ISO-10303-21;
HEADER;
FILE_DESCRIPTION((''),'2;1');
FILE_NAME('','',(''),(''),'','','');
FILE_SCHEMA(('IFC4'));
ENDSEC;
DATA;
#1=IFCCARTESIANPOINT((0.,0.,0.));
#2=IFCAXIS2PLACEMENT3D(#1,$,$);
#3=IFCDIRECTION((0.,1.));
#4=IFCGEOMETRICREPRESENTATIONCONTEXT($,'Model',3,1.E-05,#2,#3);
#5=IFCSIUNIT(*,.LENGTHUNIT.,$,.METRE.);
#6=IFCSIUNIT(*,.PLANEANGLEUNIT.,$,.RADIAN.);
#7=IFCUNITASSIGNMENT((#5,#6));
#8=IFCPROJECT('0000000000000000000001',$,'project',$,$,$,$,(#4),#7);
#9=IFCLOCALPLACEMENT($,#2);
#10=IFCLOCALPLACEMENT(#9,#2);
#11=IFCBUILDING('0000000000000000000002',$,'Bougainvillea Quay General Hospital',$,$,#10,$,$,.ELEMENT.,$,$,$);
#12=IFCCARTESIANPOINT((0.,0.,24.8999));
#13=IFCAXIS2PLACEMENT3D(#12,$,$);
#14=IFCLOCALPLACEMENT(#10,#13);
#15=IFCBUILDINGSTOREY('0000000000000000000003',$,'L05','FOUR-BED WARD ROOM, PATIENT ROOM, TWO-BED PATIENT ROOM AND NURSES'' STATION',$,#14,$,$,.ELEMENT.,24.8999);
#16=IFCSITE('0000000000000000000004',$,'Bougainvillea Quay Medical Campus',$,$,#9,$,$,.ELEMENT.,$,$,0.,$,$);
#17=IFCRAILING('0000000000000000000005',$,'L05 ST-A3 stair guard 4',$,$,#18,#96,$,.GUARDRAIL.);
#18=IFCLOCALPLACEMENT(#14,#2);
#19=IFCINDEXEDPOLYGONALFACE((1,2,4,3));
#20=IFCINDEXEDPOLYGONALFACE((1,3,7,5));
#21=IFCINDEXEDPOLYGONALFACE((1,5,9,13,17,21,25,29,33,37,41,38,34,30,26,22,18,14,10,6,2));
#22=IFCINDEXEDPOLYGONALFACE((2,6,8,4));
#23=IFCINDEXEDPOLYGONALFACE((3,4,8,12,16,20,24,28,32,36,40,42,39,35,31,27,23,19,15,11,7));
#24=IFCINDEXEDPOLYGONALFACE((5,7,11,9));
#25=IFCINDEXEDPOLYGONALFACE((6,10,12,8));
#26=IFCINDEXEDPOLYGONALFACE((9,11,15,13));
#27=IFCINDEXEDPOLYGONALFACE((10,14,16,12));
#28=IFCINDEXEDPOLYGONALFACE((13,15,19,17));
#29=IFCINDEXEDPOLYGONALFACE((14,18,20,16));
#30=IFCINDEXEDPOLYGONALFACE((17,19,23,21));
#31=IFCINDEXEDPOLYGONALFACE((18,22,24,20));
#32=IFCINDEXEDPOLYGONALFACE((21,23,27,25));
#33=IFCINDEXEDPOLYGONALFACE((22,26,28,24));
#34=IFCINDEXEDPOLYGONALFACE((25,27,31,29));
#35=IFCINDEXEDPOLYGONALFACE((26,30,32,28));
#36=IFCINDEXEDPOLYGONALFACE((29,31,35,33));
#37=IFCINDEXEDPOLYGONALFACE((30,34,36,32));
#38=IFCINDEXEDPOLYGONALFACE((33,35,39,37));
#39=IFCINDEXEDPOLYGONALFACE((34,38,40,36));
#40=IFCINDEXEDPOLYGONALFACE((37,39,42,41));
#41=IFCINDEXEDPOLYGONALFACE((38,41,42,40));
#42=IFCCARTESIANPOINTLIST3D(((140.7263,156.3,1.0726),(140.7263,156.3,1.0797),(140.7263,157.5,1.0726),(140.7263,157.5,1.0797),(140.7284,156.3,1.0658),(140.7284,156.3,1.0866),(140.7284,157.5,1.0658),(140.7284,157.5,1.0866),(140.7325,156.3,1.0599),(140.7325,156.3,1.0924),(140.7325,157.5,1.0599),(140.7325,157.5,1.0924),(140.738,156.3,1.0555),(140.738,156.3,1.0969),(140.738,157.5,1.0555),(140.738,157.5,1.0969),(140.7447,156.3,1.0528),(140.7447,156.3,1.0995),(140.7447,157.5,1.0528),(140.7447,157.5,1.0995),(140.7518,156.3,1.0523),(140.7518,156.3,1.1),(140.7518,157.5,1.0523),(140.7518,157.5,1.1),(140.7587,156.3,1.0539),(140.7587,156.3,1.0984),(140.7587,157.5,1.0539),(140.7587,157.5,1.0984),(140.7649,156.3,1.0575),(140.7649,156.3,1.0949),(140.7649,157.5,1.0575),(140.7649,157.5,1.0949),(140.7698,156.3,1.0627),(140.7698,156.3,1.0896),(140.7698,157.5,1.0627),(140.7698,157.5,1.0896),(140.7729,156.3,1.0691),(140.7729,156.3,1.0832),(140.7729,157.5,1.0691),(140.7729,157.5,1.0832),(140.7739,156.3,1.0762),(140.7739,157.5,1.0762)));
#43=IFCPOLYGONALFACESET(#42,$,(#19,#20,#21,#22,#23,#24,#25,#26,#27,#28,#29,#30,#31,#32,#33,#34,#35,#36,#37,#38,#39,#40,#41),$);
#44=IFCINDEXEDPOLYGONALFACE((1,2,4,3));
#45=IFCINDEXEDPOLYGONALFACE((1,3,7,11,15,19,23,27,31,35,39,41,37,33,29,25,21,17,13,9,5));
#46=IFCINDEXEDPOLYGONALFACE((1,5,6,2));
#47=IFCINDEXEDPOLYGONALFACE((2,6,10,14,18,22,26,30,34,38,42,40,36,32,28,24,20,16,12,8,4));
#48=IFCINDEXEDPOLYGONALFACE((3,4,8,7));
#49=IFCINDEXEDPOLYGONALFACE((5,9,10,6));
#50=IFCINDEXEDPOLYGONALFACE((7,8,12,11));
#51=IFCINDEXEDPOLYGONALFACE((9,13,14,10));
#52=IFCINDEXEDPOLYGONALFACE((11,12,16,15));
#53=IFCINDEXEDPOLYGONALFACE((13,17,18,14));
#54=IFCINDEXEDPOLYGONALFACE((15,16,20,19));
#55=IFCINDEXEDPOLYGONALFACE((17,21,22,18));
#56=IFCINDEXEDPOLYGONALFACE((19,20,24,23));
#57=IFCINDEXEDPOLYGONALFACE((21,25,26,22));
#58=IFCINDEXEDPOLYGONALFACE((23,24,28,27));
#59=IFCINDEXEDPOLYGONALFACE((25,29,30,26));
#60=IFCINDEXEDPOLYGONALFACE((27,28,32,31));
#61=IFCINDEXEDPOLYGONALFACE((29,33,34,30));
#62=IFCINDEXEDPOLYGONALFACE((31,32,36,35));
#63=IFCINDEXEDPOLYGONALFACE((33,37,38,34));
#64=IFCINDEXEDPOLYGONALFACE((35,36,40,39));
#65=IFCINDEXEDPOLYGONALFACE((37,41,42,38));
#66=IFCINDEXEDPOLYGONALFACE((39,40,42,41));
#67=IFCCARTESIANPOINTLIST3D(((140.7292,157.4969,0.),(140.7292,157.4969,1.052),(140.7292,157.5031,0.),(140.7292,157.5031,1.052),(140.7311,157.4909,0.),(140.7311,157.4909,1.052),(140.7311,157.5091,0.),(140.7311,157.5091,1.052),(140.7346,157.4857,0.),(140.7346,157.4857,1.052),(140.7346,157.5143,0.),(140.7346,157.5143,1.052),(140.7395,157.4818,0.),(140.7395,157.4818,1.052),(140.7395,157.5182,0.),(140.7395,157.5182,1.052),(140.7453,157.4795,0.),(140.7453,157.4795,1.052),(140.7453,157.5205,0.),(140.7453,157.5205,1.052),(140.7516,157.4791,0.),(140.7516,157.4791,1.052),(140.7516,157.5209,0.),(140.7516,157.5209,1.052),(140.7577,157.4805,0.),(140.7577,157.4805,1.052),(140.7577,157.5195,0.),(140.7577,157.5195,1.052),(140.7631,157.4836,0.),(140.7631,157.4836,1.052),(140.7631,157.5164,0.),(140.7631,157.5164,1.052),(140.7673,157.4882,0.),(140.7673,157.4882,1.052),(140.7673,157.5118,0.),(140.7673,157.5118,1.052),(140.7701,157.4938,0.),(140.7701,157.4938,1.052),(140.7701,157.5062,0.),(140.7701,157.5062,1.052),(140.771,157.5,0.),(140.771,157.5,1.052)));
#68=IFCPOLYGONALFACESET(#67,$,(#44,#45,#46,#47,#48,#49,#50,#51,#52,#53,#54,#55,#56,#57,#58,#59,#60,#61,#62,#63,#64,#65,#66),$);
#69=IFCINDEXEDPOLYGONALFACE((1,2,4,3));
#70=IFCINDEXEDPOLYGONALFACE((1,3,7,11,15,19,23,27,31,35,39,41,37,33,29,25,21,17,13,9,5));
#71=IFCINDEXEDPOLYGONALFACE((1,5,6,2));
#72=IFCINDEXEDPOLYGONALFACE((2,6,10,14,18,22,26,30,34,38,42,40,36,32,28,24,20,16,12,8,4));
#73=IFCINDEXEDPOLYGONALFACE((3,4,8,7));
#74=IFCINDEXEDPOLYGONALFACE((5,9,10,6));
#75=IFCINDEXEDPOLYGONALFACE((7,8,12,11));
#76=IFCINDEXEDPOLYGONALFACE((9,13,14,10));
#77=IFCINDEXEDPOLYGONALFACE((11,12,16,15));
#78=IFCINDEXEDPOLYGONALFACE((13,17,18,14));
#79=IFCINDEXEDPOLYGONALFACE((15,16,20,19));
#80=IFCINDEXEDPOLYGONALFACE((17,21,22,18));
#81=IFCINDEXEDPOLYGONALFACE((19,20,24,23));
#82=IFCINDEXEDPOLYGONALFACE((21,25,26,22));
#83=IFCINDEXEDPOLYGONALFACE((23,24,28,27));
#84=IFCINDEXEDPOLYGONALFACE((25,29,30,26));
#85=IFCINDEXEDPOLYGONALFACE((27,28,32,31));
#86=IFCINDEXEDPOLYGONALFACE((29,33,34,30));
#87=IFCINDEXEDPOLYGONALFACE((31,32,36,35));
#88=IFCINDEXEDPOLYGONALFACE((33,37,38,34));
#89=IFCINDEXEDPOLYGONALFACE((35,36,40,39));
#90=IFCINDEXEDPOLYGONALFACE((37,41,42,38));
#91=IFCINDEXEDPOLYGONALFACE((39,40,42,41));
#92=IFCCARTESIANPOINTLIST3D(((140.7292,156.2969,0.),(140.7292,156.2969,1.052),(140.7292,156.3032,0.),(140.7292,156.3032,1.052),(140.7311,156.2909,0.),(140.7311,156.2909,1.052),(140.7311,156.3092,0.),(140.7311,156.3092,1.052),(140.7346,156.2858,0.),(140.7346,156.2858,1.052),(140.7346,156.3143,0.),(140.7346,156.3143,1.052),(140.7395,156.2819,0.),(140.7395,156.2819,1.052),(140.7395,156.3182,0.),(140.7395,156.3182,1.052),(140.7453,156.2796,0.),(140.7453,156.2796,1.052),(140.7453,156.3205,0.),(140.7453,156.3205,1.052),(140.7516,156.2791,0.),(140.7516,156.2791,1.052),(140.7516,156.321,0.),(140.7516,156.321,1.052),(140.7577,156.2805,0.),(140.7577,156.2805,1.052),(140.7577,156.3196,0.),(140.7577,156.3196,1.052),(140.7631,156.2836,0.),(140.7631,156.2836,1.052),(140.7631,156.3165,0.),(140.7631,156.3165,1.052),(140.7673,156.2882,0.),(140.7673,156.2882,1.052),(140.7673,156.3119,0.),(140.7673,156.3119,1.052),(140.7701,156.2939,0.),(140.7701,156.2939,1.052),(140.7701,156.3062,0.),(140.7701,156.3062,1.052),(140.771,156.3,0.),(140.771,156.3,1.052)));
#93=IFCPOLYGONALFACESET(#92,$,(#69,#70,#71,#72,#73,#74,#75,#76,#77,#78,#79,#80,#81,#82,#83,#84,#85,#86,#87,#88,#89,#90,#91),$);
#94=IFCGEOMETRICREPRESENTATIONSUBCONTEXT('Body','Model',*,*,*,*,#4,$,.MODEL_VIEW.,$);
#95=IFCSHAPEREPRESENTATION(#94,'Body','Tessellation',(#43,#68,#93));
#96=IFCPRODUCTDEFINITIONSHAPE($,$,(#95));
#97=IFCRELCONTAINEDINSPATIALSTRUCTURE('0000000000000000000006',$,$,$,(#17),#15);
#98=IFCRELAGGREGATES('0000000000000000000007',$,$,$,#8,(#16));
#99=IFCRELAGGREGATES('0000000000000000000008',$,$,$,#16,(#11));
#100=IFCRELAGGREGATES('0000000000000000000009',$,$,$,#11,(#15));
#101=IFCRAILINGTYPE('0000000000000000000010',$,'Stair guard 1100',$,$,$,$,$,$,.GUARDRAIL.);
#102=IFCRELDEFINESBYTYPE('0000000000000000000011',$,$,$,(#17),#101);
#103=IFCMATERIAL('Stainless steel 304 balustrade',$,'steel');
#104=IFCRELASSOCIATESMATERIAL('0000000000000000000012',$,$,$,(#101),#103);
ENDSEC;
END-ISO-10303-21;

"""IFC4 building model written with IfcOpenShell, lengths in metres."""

from ifc_helpers import new_model, si_unit, direction, frame, origin, origin_2d, place, context, subcontext, project, spatial, circle, extrude, material, type_object, element, save


model = new_model("IFC4")

# Units and contexts
model_context = context("Model", 3, precision=1e-05, world=origin(), true_north=direction((0.0, 1.0)))
body_context = subcontext(model_context, "Body", "Model", "MODEL_VIEW")
ifc_project = project(units=[si_unit("LENGTHUNIT", "METRE"), si_unit("PLANEANGLEUNIT", "RADIAN")], contexts=[model_context])

# Site, building, storey
site_placement = place(None, origin())
site = spatial("IfcSite", under=ifc_project, at=site_placement, Name="Bougainvillea Quay Medical Campus", CompositionType="ELEMENT", RefElevation=0.0)
building_placement = place(site_placement, origin())
building = spatial("IfcBuilding", under=site, at=building_placement, Name="Bougainvillea Quay General Hospital", CompositionType="ELEMENT")
storey_placement = place(building_placement, frame((0.0, 0.0, 24.8999)))
storey = spatial("IfcBuildingStorey", under=building, at=storey_placement, Name="L05", Description="FOUR-BED WARD ROOM, PATIENT ROOM, TWO-BED PATIENT ROOM AND NURSES' STATION", CompositionType="ELEMENT", Elevation=24.8999)

# Railing
ifc_material_1 = material(Name="Stainless steel 304 balustrade", Category="steel")
railing_type_1 = type_object("IfcRailingType", Name="Stair guard 1100", PredefinedType="GUARDRAIL", material=ifc_material_1)
railing_1_placement = place(storey_placement, frame((140.75, 157.5, 0.0)))
element("IfcRailing", 1, at=railing_1_placement, inside=storey, type_object=railing_type_1, Name="L05 ST-A3 stair guard 4", PredefinedType="GUARDRAIL", context=body_context, shape_type="SweptSolid", body=[
    extrude(circle(Radius=0.0239, at=origin_2d()), frame((0.0, 0.0, 1.0762), z_axis=(0.0, -1.0, 0.0), x_axis=(1.0, 0.0, 0.0)), (0.0, 0.0, 1.0), 1.2),
    extrude(circle(Radius=0.021, at=origin_2d()), origin(), (0.0, 0.0, 1.0), 1.052),
    extrude(circle(Radius=0.021, at=origin_2d()), frame((0.0, -1.2, 0.0)), (0.0, 0.0, 1.0), 1.052),
])

save(model, "model.ifc")
